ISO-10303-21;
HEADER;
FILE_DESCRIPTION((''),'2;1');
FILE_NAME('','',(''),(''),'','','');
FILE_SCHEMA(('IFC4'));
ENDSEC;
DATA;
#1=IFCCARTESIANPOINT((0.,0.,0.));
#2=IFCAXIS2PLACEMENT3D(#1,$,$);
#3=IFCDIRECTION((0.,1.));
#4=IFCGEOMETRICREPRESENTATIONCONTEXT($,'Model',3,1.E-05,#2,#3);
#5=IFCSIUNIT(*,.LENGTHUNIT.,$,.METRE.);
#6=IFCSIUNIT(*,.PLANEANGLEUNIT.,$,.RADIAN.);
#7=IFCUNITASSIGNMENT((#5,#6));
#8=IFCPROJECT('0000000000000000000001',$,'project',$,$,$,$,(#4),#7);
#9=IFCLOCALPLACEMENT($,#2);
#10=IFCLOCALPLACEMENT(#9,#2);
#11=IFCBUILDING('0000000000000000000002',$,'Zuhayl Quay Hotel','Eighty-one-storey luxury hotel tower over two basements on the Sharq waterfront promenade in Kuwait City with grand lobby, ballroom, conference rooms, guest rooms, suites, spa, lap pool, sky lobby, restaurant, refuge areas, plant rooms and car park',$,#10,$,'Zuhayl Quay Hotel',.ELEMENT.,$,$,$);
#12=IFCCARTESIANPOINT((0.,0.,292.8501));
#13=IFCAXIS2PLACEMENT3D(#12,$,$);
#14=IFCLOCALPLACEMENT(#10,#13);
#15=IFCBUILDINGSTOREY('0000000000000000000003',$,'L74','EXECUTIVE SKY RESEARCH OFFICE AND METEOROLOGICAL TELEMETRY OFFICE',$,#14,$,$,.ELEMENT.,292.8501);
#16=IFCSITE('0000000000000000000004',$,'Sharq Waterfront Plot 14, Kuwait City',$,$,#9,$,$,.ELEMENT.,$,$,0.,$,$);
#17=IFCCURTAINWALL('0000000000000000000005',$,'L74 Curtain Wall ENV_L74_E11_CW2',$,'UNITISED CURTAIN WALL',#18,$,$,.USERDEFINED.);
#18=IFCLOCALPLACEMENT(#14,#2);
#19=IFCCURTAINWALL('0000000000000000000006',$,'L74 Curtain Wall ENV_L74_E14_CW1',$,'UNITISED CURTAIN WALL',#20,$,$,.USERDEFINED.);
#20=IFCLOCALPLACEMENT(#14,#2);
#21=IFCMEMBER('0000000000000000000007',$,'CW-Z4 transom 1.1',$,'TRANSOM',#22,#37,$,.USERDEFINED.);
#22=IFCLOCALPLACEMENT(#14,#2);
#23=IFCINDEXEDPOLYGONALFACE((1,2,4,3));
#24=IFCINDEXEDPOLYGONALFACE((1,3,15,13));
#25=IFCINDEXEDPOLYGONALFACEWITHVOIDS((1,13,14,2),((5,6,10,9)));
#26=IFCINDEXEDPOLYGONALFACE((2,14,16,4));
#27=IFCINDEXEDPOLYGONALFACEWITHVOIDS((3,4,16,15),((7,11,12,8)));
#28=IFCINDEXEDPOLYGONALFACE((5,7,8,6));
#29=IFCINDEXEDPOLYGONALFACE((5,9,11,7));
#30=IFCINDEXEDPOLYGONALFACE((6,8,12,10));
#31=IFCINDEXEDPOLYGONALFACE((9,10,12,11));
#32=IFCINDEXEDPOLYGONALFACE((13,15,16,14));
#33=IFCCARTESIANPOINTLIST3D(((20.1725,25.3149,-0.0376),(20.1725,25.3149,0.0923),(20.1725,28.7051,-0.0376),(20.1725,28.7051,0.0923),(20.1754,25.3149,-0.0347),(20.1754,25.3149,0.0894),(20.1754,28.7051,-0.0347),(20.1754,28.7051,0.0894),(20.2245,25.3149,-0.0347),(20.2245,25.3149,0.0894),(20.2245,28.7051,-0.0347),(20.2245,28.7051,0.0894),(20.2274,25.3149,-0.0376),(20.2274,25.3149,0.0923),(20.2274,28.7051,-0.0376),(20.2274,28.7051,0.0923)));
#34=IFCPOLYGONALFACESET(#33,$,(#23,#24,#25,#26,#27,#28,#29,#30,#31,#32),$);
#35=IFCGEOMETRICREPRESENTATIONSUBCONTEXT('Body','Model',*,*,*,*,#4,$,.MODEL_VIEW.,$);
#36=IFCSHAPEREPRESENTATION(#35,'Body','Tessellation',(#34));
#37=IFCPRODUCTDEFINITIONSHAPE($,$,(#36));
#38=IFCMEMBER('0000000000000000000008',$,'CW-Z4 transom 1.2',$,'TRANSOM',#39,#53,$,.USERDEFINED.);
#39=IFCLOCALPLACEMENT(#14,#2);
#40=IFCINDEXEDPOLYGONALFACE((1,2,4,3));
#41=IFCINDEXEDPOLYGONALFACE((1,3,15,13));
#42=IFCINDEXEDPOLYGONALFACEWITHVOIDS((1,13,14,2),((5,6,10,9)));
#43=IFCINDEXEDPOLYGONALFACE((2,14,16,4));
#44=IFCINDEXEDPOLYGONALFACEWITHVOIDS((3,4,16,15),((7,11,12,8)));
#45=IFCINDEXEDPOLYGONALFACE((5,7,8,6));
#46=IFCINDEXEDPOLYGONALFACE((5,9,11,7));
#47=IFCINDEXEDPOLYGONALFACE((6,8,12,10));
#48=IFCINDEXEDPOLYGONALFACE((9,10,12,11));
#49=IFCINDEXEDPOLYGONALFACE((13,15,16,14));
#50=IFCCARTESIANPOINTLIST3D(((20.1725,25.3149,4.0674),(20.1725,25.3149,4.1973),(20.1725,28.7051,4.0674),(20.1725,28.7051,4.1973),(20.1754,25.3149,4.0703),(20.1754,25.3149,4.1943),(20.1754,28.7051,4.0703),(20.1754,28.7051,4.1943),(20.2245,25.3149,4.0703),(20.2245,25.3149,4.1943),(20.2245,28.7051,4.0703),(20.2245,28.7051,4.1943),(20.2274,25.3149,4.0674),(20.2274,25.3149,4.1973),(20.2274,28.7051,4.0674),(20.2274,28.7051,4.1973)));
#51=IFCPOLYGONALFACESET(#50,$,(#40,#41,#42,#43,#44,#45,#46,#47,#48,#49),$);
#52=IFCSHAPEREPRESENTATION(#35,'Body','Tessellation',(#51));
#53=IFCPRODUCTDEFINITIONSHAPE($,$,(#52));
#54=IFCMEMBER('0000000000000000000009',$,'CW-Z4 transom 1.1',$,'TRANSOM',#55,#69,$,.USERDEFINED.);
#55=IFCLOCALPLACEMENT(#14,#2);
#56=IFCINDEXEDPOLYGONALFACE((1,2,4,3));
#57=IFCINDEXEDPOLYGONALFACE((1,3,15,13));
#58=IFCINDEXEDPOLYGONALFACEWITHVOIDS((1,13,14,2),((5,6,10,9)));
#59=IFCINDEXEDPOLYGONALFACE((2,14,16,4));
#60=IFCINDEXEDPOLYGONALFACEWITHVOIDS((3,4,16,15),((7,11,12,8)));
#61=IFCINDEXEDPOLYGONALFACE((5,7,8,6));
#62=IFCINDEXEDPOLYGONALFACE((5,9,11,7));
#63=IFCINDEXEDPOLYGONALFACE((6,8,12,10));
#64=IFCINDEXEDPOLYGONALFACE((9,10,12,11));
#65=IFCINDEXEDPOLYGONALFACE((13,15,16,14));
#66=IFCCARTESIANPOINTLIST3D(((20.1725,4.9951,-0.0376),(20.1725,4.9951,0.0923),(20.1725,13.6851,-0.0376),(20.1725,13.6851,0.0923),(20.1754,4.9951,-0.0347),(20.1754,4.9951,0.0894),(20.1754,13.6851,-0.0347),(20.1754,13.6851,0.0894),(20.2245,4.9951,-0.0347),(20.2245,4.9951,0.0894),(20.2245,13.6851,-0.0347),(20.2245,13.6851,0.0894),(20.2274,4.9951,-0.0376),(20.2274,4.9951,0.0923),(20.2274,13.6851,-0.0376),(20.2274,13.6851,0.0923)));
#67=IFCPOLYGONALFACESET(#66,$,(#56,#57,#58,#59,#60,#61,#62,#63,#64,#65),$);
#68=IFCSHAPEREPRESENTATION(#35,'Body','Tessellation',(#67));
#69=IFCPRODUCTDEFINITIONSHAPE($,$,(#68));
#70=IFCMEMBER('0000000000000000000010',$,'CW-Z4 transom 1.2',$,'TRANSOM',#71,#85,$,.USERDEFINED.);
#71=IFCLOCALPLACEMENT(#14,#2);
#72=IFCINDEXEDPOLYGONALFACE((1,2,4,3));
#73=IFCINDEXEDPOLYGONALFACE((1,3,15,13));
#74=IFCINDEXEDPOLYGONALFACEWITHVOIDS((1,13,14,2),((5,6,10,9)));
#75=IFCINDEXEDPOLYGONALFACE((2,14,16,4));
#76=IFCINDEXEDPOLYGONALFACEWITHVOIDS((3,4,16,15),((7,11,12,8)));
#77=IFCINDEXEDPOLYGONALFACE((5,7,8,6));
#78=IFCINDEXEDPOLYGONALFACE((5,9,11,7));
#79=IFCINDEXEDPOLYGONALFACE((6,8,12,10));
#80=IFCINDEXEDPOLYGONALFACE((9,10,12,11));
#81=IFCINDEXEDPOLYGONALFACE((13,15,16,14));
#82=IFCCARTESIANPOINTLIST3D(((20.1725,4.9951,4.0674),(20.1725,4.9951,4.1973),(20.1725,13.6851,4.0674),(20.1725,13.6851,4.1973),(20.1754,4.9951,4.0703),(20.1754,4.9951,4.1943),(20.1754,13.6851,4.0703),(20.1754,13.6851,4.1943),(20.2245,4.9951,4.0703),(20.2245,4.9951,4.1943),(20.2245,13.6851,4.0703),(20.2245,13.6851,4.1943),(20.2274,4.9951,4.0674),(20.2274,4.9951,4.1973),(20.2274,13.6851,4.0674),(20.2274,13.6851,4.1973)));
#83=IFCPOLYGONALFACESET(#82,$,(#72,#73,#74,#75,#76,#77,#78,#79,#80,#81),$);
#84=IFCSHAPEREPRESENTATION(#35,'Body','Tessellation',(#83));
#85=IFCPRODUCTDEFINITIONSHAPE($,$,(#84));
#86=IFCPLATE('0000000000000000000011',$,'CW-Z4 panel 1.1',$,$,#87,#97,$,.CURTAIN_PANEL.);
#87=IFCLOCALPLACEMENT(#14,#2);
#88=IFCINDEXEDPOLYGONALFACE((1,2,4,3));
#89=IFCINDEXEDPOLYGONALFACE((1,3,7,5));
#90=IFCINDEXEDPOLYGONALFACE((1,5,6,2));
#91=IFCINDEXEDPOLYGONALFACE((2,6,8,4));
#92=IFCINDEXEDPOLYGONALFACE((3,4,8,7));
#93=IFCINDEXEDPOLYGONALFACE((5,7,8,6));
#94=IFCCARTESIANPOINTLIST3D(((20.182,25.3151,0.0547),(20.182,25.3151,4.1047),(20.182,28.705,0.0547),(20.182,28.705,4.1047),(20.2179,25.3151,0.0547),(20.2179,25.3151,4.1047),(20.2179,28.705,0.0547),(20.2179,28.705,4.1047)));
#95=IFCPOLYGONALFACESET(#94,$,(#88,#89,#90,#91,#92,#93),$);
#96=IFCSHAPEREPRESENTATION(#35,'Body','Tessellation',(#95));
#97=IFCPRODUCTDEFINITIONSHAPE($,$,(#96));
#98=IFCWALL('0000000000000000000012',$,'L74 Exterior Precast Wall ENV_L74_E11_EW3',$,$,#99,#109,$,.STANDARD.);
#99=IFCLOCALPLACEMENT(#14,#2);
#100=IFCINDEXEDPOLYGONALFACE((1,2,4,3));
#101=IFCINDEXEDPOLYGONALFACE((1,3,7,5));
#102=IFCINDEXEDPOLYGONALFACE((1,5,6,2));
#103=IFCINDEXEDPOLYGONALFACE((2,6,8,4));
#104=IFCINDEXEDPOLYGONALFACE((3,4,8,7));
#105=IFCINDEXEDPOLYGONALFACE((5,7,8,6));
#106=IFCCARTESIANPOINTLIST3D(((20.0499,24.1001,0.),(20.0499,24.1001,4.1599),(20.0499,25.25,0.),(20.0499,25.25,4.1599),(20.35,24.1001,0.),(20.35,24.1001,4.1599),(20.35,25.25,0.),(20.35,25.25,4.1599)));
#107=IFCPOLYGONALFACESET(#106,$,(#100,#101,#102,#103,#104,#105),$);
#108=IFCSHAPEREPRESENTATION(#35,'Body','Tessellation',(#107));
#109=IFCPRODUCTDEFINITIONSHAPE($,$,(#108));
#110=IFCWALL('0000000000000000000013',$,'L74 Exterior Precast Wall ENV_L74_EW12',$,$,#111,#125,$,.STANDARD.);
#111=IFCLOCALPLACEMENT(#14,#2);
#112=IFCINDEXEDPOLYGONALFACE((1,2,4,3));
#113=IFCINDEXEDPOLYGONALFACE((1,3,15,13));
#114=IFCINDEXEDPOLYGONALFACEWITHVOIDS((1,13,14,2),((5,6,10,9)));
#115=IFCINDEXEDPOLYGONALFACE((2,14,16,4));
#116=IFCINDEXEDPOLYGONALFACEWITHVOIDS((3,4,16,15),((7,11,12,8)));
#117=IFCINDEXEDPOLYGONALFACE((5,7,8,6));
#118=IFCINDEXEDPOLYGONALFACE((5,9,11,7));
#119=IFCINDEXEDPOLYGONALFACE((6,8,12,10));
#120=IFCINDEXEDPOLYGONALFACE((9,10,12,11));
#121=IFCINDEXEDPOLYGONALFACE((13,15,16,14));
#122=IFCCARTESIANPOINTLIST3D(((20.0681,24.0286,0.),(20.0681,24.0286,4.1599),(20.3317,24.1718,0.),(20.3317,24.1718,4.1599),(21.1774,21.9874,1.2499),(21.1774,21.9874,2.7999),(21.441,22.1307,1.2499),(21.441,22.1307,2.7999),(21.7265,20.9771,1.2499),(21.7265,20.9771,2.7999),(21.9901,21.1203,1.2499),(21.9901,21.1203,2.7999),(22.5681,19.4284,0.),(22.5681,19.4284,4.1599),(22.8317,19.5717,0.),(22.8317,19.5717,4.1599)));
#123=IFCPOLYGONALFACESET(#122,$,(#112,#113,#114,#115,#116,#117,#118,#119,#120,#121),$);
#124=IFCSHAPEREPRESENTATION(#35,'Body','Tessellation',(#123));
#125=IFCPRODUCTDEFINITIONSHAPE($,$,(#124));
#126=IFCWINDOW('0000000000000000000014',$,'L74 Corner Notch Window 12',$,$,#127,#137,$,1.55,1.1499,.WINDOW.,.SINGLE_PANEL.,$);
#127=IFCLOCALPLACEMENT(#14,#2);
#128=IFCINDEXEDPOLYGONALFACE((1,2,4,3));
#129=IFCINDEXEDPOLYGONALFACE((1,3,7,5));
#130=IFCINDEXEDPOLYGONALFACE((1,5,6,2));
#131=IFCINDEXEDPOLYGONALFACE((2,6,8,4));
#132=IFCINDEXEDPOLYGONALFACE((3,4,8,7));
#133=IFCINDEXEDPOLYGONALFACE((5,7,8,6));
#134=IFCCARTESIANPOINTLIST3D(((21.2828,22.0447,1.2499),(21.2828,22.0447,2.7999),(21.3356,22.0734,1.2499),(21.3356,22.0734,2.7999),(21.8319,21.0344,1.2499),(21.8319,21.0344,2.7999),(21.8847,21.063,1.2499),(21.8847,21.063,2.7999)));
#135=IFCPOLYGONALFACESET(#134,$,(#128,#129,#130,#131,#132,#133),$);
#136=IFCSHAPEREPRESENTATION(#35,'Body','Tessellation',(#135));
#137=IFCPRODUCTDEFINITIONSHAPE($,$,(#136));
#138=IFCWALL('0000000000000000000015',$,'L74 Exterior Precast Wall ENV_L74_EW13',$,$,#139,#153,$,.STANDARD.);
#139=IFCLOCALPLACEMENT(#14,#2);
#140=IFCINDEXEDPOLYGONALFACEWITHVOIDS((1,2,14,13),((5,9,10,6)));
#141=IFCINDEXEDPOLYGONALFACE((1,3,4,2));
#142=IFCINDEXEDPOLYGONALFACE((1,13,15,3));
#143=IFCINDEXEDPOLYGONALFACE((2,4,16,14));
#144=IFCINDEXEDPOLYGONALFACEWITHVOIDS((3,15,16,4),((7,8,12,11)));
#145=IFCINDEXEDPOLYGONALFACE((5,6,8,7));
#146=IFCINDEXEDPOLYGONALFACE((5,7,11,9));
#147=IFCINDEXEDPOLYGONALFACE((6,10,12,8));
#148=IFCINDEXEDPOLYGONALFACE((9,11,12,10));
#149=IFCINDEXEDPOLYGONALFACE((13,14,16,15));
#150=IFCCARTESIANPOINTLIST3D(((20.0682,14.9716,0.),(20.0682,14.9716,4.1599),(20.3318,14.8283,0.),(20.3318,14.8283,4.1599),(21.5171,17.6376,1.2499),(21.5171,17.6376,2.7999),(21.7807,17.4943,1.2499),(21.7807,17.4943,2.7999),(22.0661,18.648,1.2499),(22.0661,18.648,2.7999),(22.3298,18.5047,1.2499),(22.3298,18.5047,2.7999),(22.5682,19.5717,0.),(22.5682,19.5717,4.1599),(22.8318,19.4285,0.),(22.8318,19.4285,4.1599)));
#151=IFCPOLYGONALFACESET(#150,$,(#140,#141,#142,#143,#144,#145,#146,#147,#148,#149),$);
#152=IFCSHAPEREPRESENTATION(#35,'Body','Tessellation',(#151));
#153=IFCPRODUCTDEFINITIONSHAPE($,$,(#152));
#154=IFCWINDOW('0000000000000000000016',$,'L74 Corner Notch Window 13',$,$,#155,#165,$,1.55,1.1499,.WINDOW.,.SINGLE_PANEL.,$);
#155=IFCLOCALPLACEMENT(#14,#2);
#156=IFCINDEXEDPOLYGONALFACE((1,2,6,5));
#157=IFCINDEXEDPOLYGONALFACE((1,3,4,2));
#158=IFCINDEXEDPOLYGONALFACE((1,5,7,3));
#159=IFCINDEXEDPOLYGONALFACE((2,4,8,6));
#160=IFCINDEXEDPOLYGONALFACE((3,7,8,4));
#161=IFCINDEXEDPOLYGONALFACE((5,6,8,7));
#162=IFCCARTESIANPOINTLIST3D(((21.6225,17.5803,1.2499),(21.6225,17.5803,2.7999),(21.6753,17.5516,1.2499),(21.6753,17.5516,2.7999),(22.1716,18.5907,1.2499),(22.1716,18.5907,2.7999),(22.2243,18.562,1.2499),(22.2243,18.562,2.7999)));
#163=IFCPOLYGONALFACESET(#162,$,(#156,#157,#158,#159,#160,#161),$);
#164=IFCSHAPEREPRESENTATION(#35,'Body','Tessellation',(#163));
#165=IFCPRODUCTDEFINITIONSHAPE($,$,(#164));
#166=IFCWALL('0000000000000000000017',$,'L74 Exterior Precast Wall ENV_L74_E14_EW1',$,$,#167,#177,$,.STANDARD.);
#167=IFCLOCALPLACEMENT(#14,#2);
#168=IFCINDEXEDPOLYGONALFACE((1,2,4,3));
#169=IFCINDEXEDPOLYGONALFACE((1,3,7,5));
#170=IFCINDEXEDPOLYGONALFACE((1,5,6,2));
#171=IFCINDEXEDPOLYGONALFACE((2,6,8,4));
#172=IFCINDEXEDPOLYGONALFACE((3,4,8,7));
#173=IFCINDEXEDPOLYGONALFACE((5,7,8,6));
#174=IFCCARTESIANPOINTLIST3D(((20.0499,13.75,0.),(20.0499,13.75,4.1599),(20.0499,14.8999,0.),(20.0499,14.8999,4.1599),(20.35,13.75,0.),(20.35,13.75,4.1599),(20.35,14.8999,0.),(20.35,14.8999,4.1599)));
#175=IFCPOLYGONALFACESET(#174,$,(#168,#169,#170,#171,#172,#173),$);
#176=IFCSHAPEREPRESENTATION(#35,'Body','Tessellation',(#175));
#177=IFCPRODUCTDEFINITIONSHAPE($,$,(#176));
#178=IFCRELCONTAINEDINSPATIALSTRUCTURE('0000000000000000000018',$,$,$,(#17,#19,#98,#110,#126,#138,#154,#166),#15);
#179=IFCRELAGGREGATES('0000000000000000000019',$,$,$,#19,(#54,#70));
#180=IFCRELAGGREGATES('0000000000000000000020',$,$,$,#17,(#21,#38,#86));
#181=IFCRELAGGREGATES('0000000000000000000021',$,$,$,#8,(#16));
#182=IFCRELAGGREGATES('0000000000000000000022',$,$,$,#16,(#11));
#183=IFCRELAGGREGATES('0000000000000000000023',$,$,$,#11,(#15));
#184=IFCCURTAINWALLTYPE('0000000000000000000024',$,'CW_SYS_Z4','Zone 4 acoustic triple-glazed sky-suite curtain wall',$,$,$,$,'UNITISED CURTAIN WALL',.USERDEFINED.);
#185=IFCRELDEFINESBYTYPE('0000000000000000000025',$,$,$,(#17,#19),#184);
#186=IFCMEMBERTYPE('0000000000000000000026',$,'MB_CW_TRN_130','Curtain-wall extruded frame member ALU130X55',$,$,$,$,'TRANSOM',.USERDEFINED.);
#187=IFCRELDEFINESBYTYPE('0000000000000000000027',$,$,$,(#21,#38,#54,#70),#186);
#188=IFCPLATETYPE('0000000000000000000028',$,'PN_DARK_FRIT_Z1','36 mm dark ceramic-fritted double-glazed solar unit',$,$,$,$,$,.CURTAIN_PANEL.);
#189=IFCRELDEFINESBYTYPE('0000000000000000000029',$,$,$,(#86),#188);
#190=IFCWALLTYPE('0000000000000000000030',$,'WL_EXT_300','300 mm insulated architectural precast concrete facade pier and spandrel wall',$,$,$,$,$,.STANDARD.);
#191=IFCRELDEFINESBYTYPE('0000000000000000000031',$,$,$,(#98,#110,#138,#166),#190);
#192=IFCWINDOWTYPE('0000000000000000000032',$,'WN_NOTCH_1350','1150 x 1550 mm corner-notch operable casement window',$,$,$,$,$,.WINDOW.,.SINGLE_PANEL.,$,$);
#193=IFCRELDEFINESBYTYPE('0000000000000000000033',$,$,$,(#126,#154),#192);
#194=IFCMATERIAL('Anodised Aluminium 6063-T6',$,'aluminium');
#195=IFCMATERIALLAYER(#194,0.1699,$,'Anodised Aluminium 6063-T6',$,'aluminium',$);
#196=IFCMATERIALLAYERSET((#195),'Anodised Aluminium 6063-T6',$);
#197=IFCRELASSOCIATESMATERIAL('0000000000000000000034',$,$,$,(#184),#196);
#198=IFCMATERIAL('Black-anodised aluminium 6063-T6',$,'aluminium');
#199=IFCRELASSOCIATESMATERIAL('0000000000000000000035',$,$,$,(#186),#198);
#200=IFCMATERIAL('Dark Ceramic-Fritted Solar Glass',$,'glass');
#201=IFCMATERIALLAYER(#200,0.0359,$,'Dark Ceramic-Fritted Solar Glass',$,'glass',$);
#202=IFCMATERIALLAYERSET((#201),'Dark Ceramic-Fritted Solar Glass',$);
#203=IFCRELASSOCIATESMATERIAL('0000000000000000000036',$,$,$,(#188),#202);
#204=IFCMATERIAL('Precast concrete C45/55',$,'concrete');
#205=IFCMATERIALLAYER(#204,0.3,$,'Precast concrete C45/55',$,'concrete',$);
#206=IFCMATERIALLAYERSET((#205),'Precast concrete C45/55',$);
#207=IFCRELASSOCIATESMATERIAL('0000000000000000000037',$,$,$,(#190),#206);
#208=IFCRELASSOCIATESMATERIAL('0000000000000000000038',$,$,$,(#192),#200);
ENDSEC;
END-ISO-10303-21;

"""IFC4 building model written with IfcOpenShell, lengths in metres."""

from ifc_helpers import new_model, si_unit, direction, frame, frame_2d, origin, origin_2d, place, context, subcontext, project, spatial, rectangle, hollow_rectangle, extrude, material, layer, layer_set, material_profile, profile_set, type_object, element, fill, aggregate, save


model = new_model("IFC4")

# Units and contexts
model_context = context("Model", 3, precision=1e-05, world=origin(), true_north=direction((0.0, 1.0)))
body_context = subcontext(model_context, "Body", "Model", "MODEL_VIEW")
ifc_project = project(units=[si_unit("LENGTHUNIT", "METRE"), si_unit("PLANEANGLEUNIT", "RADIAN")], contexts=[model_context])

# Site, building, storey
site_placement = place(None, origin())
site = spatial("IfcSite", under=ifc_project, at=site_placement, Name="Sharq Waterfront Plot 14, Kuwait City", CompositionType="ELEMENT", RefElevation=0.0)
building_placement = place(site_placement, origin())
building = spatial("IfcBuilding", under=site, at=building_placement, Name="Zuhayl Quay Hotel", Description="Eighty-one-storey luxury hotel tower over two basements on the Sharq waterfront promenade in Kuwait City with grand lobby, ballroom, conference rooms, guest rooms, suites, spa, lap pool, sky lobby, restaurant, refuge areas, plant rooms and car park", LongName="Zuhayl Quay Hotel", CompositionType="ELEMENT")
storey_placement = place(building_placement, frame((0.0, 0.0, 292.8501)))
storey = spatial("IfcBuildingStorey", under=building, at=storey_placement, Name="L74", Description="EXECUTIVE SKY RESEARCH OFFICE AND METEOROLOGICAL TELEMETRY OFFICE", CompositionType="ELEMENT", Elevation=292.8501)

# Curtain wall
ifc_material_1 = material(Name="Anodised Aluminium 6063-T6", Category="aluminium")
ifc_layer_1 = layer(ifc_material_1, 0.1699, Name="Anodised Aluminium 6063-T6", Category="aluminium")
ifc_layer_set_1 = layer_set([ifc_layer_1], Name="Anodised Aluminium 6063-T6")
curtain_wall_type = type_object("IfcCurtainWallType", Name="CW_SYS_Z4", Description="Zone 4 acoustic triple-glazed sky-suite curtain wall", ElementType="UNITISED CURTAIN WALL", PredefinedType="USERDEFINED", material=ifc_layer_set_1)
curtain_wall_1_placement = place(storey_placement, origin())
curtain_wall_1 = element("IfcCurtainWall", 1, at=curtain_wall_1_placement, inside=storey, type_object=curtain_wall_type, Name="L74 Curtain Wall ENV_L74_E11_CW2", ObjectType="UNITISED CURTAIN WALL", PredefinedType="USERDEFINED")
ifc_material_2 = material(Name="Black-anodised aluminium 6063-T6", Category="aluminium")

# Curtain wall
curtain_wall_2_placement = place(storey_placement, origin())
curtain_wall_2 = element("IfcCurtainWall", 2, at=curtain_wall_2_placement, inside=storey, type_object=curtain_wall_type, Name="L74 Curtain Wall ENV_L74_E14_CW1", ObjectType="UNITISED CURTAIN WALL", PredefinedType="USERDEFINED")

# Members
ifc_material_profile_1 = material_profile(ifc_material_2, hollow_rectangle(XDim=0.0549, YDim=0.1299, WallThickness=0.0029, at=origin_2d()), Name="ALU130X55")
ifc_profile_set_1 = profile_set([ifc_material_profile_1], Name="Black-anodised aluminium 6063-T6")
member_type_1 = type_object("IfcMemberType", Name="MB_CW_TRN_130", Description="Curtain-wall extruded frame member ALU130X55", ElementType="TRANSOM", PredefinedType="USERDEFINED", material=ifc_profile_set_1)
member_1_placement = place(storey_placement, frame((20.2, 28.7051, 0.0273), z_axis=(0.0, -1.0, 0.0), x_axis=(1.0, 0.0, 0.0)))
member_1 = element("IfcMember", 3, at=member_1_placement, type_object=member_type_1, Name="CW-Z4 transom 1.1", ObjectType="TRANSOM", PredefinedType="USERDEFINED", context=body_context, shape_type="SweptSolid", body=[
    extrude(hollow_rectangle(XDim=0.0549, YDim=0.1299, WallThickness=0.0029, at=origin_2d()), origin(), (0.0, 0.0, 1.0), 3.3901),
])
member_2_placement = place(storey_placement, frame((20.2, 28.7051, 4.1323), z_axis=(0.0, -1.0, 0.0), x_axis=(1.0, 0.0, 0.0)))
member_2 = element("IfcMember", 4, at=member_2_placement, type_object=member_type_1, Name="CW-Z4 transom 1.2", ObjectType="TRANSOM", PredefinedType="USERDEFINED", context=body_context, shape_type="SweptSolid", body=[
    extrude(hollow_rectangle(XDim=0.0549, YDim=0.1299, WallThickness=0.0029, at=origin_2d()), origin(), (0.0, 0.0, 1.0), 3.3901),
])
member_3_placement = place(storey_placement, frame((20.2, 13.6851, 0.0273), z_axis=(0.0, -1.0, 0.0), x_axis=(1.0, 0.0, 0.0)))
member_3 = element("IfcMember", 5, at=member_3_placement, type_object=member_type_1, Name="CW-Z4 transom 1.1", ObjectType="TRANSOM", PredefinedType="USERDEFINED", context=body_context, shape_type="SweptSolid", body=[
    extrude(hollow_rectangle(XDim=0.0549, YDim=0.1299, WallThickness=0.0029, at=origin_2d()), origin(), (0.0, 0.0, 1.0), 8.6899),
])
member_4_placement = place(storey_placement, frame((20.2, 13.6851, 4.1323), z_axis=(0.0, -1.0, 0.0), x_axis=(1.0, 0.0, 0.0)))
member_4 = element("IfcMember", 6, at=member_4_placement, type_object=member_type_1, Name="CW-Z4 transom 1.2", ObjectType="TRANSOM", PredefinedType="USERDEFINED", context=body_context, shape_type="SweptSolid", body=[
    extrude(hollow_rectangle(XDim=0.0549, YDim=0.1299, WallThickness=0.0029, at=origin_2d()), origin(), (0.0, 0.0, 1.0), 8.6899),
])
aggregate(curtain_wall_2, [member_3, member_4])

# Plate
ifc_material_3 = material(Name="Dark Ceramic-Fritted Solar Glass", Category="glass")
ifc_layer_2 = layer(ifc_material_3, 0.0359, Name="Dark Ceramic-Fritted Solar Glass", Category="glass")
ifc_layer_set_2 = layer_set([ifc_layer_2], Name="Dark Ceramic-Fritted Solar Glass")
plate_type = type_object("IfcPlateType", Name="PN_DARK_FRIT_Z1", Description="36 mm dark ceramic-fritted double-glazed solar unit", PredefinedType="CURTAIN_PANEL", material=ifc_layer_set_2)
plate_placement = place(storey_placement, frame((20.2, 27.01, 0.0547), z_axis=(0.0, 0.0, 1.0), x_axis=(0.0, -1.0, 0.0)))
plate = element("IfcPlate", 7, at=plate_placement, type_object=plate_type, Name="CW-Z4 panel 1.1", PredefinedType="CURTAIN_PANEL", context=body_context, shape_type="SweptSolid", body=[
    extrude(rectangle(XDim=3.3899, YDim=0.0359, at=origin_2d()), origin(), (0.0, 0.0, 1.0), 4.05),
])
aggregate(curtain_wall_1, [member_1, member_2, plate])

# Wall
ifc_material_4 = material(Name="Precast concrete C45/55", Category="concrete")
ifc_layer_3 = layer(ifc_material_4, 0.3, Name="Precast concrete C45/55", Category="concrete")
ifc_layer_set_3 = layer_set([ifc_layer_3], Name="Precast concrete C45/55")
wall_type_1 = type_object("IfcWallType", Name="WL_EXT_300", Description="300 mm insulated architectural precast concrete facade pier and spandrel wall", PredefinedType="STANDARD", material=ifc_layer_set_3)
wall_1_placement = place(storey_placement, frame((20.2, 25.25, 0.0), z_axis=(0.0, 0.0, 1.0), x_axis=(0.0, -1.0, 0.0)))
element("IfcWall", 8, at=wall_1_placement, inside=storey, type_object=wall_type_1, Name="L74 Exterior Precast Wall ENV_L74_E11_EW3", PredefinedType="STANDARD", context=body_context, shape_type="SweptSolid", body=[
    extrude(rectangle(XDim=1.1499, YDim=0.3, at=frame_2d((0.575, 0.0))), origin(), (0.0, 0.0, 1.0), 4.1599),
])

# Walls, openings, windows
wall_2_placement = place(storey_placement, frame((20.2, 24.1001, 0.0), z_axis=(0.0, 0.0, 1.0), x_axis=(0.477505, -0.878629, 0.0)))
wall_2 = element("IfcWall", 9, at=wall_2_placement, inside=storey, type_object=wall_type_1, Name="L74 Exterior Precast Wall ENV_L74_EW12", PredefinedType="STANDARD", context=body_context, shape_type="SweptSolid", body=[
    extrude(rectangle(XDim=5.2356, YDim=0.3, at=frame_2d((2.6177, 0.0))), origin(), (0.0, 0.0, 1.0), 4.1599),
])
opening_1_placement = place(wall_2_placement, frame((2.323, 0.0, 1.25)))
opening_1 = element("IfcOpeningElement", 10, at=opening_1_placement, cuts=wall_2, PredefinedType="OPENING", context=body_context, shape_type="SweptSolid", body=[
    extrude(rectangle(XDim=1.1499, YDim=1.55, at=frame_2d((0.575, 0.7749))), frame((0.0, 0.1599, 0.0), z_axis=(0.0, -1.0, 0.0), x_axis=(1.0, 0.0, 0.0)), (0.0, 0.0, 1.0), 0.3201),
])
window_type = type_object("IfcWindowType", Name="WN_NOTCH_1350", Description="1150 x 1550 mm corner-notch operable casement window", PartitioningType="SINGLE_PANEL", PredefinedType="WINDOW", material=ifc_material_3)
window_1_placement = place(opening_1_placement, origin())
window_1 = element("IfcWindow", 11, at=window_1_placement, inside=storey, type_object=window_type, Name="L74 Corner Notch Window 12", OverallHeight=1.55, OverallWidth=1.1499, PartitioningType="SINGLE_PANEL", PredefinedType="WINDOW", context=body_context, shape_type="SweptSolid", body=[
    extrude(rectangle(XDim=1.1499, YDim=1.55, at=frame_2d((0.575, 0.7749))), frame((0.0, 0.03, 0.0), z_axis=(0.0, -1.0, 0.0), x_axis=(1.0, 0.0, 0.0)), (0.0, 0.0, 1.0), 0.0601),
])
fill(opening_1, window_1)
wall_3_placement = place(storey_placement, frame((22.7, 19.5, 0.0), z_axis=(0.0, 0.0, 1.0), x_axis=(-0.477505, -0.878629, 0.0)))
wall_3 = element("IfcWall", 12, at=wall_3_placement, inside=storey, type_object=wall_type_1, Name="L74 Exterior Precast Wall ENV_L74_EW13", PredefinedType="STANDARD", context=body_context, shape_type="SweptSolid", body=[
    extrude(rectangle(XDim=5.2356, YDim=0.3, at=frame_2d((2.6177, 0.0))), origin(), (0.0, 0.0, 1.0), 4.1599),
])
opening_2_placement = place(wall_3_placement, frame((1.0513, 0.0, 1.25)))
opening_2 = element("IfcOpeningElement", 13, at=opening_2_placement, cuts=wall_3, PredefinedType="OPENING", context=body_context, shape_type="SweptSolid", body=[
    extrude(rectangle(XDim=1.1499, YDim=1.55, at=frame_2d((0.575, 0.7749))), frame((0.0, 0.1599, 0.0), z_axis=(0.0, -1.0, 0.0), x_axis=(1.0, 0.0, 0.0)), (0.0, 0.0, 1.0), 0.3201),
])
window_2_placement = place(opening_2_placement, origin())
window_2 = element("IfcWindow", 14, at=window_2_placement, inside=storey, type_object=window_type, Name="L74 Corner Notch Window 13", OverallHeight=1.55, OverallWidth=1.1499, PartitioningType="SINGLE_PANEL", PredefinedType="WINDOW", context=body_context, shape_type="SweptSolid", body=[
    extrude(rectangle(XDim=1.1499, YDim=1.55, at=frame_2d((0.575, 0.7749))), frame((0.0, 0.03, 0.0), z_axis=(0.0, -1.0, 0.0), x_axis=(1.0, 0.0, 0.0)), (0.0, 0.0, 1.0), 0.0601),
])
fill(opening_2, window_2)

# Wall
wall_4_placement = place(storey_placement, frame((20.2, 14.8999, 0.0), z_axis=(0.0, 0.0, 1.0), x_axis=(0.0, -1.0, 0.0)))
element("IfcWall", 15, at=wall_4_placement, inside=storey, type_object=wall_type_1, Name="L74 Exterior Precast Wall ENV_L74_E14_EW1", PredefinedType="STANDARD", context=body_context, shape_type="SweptSolid", body=[
    extrude(rectangle(XDim=1.1499, YDim=0.3, at=frame_2d((0.575, 0.0))), origin(), (0.0, 0.0, 1.0), 4.1599),
])

save(model, "model.ifc")
